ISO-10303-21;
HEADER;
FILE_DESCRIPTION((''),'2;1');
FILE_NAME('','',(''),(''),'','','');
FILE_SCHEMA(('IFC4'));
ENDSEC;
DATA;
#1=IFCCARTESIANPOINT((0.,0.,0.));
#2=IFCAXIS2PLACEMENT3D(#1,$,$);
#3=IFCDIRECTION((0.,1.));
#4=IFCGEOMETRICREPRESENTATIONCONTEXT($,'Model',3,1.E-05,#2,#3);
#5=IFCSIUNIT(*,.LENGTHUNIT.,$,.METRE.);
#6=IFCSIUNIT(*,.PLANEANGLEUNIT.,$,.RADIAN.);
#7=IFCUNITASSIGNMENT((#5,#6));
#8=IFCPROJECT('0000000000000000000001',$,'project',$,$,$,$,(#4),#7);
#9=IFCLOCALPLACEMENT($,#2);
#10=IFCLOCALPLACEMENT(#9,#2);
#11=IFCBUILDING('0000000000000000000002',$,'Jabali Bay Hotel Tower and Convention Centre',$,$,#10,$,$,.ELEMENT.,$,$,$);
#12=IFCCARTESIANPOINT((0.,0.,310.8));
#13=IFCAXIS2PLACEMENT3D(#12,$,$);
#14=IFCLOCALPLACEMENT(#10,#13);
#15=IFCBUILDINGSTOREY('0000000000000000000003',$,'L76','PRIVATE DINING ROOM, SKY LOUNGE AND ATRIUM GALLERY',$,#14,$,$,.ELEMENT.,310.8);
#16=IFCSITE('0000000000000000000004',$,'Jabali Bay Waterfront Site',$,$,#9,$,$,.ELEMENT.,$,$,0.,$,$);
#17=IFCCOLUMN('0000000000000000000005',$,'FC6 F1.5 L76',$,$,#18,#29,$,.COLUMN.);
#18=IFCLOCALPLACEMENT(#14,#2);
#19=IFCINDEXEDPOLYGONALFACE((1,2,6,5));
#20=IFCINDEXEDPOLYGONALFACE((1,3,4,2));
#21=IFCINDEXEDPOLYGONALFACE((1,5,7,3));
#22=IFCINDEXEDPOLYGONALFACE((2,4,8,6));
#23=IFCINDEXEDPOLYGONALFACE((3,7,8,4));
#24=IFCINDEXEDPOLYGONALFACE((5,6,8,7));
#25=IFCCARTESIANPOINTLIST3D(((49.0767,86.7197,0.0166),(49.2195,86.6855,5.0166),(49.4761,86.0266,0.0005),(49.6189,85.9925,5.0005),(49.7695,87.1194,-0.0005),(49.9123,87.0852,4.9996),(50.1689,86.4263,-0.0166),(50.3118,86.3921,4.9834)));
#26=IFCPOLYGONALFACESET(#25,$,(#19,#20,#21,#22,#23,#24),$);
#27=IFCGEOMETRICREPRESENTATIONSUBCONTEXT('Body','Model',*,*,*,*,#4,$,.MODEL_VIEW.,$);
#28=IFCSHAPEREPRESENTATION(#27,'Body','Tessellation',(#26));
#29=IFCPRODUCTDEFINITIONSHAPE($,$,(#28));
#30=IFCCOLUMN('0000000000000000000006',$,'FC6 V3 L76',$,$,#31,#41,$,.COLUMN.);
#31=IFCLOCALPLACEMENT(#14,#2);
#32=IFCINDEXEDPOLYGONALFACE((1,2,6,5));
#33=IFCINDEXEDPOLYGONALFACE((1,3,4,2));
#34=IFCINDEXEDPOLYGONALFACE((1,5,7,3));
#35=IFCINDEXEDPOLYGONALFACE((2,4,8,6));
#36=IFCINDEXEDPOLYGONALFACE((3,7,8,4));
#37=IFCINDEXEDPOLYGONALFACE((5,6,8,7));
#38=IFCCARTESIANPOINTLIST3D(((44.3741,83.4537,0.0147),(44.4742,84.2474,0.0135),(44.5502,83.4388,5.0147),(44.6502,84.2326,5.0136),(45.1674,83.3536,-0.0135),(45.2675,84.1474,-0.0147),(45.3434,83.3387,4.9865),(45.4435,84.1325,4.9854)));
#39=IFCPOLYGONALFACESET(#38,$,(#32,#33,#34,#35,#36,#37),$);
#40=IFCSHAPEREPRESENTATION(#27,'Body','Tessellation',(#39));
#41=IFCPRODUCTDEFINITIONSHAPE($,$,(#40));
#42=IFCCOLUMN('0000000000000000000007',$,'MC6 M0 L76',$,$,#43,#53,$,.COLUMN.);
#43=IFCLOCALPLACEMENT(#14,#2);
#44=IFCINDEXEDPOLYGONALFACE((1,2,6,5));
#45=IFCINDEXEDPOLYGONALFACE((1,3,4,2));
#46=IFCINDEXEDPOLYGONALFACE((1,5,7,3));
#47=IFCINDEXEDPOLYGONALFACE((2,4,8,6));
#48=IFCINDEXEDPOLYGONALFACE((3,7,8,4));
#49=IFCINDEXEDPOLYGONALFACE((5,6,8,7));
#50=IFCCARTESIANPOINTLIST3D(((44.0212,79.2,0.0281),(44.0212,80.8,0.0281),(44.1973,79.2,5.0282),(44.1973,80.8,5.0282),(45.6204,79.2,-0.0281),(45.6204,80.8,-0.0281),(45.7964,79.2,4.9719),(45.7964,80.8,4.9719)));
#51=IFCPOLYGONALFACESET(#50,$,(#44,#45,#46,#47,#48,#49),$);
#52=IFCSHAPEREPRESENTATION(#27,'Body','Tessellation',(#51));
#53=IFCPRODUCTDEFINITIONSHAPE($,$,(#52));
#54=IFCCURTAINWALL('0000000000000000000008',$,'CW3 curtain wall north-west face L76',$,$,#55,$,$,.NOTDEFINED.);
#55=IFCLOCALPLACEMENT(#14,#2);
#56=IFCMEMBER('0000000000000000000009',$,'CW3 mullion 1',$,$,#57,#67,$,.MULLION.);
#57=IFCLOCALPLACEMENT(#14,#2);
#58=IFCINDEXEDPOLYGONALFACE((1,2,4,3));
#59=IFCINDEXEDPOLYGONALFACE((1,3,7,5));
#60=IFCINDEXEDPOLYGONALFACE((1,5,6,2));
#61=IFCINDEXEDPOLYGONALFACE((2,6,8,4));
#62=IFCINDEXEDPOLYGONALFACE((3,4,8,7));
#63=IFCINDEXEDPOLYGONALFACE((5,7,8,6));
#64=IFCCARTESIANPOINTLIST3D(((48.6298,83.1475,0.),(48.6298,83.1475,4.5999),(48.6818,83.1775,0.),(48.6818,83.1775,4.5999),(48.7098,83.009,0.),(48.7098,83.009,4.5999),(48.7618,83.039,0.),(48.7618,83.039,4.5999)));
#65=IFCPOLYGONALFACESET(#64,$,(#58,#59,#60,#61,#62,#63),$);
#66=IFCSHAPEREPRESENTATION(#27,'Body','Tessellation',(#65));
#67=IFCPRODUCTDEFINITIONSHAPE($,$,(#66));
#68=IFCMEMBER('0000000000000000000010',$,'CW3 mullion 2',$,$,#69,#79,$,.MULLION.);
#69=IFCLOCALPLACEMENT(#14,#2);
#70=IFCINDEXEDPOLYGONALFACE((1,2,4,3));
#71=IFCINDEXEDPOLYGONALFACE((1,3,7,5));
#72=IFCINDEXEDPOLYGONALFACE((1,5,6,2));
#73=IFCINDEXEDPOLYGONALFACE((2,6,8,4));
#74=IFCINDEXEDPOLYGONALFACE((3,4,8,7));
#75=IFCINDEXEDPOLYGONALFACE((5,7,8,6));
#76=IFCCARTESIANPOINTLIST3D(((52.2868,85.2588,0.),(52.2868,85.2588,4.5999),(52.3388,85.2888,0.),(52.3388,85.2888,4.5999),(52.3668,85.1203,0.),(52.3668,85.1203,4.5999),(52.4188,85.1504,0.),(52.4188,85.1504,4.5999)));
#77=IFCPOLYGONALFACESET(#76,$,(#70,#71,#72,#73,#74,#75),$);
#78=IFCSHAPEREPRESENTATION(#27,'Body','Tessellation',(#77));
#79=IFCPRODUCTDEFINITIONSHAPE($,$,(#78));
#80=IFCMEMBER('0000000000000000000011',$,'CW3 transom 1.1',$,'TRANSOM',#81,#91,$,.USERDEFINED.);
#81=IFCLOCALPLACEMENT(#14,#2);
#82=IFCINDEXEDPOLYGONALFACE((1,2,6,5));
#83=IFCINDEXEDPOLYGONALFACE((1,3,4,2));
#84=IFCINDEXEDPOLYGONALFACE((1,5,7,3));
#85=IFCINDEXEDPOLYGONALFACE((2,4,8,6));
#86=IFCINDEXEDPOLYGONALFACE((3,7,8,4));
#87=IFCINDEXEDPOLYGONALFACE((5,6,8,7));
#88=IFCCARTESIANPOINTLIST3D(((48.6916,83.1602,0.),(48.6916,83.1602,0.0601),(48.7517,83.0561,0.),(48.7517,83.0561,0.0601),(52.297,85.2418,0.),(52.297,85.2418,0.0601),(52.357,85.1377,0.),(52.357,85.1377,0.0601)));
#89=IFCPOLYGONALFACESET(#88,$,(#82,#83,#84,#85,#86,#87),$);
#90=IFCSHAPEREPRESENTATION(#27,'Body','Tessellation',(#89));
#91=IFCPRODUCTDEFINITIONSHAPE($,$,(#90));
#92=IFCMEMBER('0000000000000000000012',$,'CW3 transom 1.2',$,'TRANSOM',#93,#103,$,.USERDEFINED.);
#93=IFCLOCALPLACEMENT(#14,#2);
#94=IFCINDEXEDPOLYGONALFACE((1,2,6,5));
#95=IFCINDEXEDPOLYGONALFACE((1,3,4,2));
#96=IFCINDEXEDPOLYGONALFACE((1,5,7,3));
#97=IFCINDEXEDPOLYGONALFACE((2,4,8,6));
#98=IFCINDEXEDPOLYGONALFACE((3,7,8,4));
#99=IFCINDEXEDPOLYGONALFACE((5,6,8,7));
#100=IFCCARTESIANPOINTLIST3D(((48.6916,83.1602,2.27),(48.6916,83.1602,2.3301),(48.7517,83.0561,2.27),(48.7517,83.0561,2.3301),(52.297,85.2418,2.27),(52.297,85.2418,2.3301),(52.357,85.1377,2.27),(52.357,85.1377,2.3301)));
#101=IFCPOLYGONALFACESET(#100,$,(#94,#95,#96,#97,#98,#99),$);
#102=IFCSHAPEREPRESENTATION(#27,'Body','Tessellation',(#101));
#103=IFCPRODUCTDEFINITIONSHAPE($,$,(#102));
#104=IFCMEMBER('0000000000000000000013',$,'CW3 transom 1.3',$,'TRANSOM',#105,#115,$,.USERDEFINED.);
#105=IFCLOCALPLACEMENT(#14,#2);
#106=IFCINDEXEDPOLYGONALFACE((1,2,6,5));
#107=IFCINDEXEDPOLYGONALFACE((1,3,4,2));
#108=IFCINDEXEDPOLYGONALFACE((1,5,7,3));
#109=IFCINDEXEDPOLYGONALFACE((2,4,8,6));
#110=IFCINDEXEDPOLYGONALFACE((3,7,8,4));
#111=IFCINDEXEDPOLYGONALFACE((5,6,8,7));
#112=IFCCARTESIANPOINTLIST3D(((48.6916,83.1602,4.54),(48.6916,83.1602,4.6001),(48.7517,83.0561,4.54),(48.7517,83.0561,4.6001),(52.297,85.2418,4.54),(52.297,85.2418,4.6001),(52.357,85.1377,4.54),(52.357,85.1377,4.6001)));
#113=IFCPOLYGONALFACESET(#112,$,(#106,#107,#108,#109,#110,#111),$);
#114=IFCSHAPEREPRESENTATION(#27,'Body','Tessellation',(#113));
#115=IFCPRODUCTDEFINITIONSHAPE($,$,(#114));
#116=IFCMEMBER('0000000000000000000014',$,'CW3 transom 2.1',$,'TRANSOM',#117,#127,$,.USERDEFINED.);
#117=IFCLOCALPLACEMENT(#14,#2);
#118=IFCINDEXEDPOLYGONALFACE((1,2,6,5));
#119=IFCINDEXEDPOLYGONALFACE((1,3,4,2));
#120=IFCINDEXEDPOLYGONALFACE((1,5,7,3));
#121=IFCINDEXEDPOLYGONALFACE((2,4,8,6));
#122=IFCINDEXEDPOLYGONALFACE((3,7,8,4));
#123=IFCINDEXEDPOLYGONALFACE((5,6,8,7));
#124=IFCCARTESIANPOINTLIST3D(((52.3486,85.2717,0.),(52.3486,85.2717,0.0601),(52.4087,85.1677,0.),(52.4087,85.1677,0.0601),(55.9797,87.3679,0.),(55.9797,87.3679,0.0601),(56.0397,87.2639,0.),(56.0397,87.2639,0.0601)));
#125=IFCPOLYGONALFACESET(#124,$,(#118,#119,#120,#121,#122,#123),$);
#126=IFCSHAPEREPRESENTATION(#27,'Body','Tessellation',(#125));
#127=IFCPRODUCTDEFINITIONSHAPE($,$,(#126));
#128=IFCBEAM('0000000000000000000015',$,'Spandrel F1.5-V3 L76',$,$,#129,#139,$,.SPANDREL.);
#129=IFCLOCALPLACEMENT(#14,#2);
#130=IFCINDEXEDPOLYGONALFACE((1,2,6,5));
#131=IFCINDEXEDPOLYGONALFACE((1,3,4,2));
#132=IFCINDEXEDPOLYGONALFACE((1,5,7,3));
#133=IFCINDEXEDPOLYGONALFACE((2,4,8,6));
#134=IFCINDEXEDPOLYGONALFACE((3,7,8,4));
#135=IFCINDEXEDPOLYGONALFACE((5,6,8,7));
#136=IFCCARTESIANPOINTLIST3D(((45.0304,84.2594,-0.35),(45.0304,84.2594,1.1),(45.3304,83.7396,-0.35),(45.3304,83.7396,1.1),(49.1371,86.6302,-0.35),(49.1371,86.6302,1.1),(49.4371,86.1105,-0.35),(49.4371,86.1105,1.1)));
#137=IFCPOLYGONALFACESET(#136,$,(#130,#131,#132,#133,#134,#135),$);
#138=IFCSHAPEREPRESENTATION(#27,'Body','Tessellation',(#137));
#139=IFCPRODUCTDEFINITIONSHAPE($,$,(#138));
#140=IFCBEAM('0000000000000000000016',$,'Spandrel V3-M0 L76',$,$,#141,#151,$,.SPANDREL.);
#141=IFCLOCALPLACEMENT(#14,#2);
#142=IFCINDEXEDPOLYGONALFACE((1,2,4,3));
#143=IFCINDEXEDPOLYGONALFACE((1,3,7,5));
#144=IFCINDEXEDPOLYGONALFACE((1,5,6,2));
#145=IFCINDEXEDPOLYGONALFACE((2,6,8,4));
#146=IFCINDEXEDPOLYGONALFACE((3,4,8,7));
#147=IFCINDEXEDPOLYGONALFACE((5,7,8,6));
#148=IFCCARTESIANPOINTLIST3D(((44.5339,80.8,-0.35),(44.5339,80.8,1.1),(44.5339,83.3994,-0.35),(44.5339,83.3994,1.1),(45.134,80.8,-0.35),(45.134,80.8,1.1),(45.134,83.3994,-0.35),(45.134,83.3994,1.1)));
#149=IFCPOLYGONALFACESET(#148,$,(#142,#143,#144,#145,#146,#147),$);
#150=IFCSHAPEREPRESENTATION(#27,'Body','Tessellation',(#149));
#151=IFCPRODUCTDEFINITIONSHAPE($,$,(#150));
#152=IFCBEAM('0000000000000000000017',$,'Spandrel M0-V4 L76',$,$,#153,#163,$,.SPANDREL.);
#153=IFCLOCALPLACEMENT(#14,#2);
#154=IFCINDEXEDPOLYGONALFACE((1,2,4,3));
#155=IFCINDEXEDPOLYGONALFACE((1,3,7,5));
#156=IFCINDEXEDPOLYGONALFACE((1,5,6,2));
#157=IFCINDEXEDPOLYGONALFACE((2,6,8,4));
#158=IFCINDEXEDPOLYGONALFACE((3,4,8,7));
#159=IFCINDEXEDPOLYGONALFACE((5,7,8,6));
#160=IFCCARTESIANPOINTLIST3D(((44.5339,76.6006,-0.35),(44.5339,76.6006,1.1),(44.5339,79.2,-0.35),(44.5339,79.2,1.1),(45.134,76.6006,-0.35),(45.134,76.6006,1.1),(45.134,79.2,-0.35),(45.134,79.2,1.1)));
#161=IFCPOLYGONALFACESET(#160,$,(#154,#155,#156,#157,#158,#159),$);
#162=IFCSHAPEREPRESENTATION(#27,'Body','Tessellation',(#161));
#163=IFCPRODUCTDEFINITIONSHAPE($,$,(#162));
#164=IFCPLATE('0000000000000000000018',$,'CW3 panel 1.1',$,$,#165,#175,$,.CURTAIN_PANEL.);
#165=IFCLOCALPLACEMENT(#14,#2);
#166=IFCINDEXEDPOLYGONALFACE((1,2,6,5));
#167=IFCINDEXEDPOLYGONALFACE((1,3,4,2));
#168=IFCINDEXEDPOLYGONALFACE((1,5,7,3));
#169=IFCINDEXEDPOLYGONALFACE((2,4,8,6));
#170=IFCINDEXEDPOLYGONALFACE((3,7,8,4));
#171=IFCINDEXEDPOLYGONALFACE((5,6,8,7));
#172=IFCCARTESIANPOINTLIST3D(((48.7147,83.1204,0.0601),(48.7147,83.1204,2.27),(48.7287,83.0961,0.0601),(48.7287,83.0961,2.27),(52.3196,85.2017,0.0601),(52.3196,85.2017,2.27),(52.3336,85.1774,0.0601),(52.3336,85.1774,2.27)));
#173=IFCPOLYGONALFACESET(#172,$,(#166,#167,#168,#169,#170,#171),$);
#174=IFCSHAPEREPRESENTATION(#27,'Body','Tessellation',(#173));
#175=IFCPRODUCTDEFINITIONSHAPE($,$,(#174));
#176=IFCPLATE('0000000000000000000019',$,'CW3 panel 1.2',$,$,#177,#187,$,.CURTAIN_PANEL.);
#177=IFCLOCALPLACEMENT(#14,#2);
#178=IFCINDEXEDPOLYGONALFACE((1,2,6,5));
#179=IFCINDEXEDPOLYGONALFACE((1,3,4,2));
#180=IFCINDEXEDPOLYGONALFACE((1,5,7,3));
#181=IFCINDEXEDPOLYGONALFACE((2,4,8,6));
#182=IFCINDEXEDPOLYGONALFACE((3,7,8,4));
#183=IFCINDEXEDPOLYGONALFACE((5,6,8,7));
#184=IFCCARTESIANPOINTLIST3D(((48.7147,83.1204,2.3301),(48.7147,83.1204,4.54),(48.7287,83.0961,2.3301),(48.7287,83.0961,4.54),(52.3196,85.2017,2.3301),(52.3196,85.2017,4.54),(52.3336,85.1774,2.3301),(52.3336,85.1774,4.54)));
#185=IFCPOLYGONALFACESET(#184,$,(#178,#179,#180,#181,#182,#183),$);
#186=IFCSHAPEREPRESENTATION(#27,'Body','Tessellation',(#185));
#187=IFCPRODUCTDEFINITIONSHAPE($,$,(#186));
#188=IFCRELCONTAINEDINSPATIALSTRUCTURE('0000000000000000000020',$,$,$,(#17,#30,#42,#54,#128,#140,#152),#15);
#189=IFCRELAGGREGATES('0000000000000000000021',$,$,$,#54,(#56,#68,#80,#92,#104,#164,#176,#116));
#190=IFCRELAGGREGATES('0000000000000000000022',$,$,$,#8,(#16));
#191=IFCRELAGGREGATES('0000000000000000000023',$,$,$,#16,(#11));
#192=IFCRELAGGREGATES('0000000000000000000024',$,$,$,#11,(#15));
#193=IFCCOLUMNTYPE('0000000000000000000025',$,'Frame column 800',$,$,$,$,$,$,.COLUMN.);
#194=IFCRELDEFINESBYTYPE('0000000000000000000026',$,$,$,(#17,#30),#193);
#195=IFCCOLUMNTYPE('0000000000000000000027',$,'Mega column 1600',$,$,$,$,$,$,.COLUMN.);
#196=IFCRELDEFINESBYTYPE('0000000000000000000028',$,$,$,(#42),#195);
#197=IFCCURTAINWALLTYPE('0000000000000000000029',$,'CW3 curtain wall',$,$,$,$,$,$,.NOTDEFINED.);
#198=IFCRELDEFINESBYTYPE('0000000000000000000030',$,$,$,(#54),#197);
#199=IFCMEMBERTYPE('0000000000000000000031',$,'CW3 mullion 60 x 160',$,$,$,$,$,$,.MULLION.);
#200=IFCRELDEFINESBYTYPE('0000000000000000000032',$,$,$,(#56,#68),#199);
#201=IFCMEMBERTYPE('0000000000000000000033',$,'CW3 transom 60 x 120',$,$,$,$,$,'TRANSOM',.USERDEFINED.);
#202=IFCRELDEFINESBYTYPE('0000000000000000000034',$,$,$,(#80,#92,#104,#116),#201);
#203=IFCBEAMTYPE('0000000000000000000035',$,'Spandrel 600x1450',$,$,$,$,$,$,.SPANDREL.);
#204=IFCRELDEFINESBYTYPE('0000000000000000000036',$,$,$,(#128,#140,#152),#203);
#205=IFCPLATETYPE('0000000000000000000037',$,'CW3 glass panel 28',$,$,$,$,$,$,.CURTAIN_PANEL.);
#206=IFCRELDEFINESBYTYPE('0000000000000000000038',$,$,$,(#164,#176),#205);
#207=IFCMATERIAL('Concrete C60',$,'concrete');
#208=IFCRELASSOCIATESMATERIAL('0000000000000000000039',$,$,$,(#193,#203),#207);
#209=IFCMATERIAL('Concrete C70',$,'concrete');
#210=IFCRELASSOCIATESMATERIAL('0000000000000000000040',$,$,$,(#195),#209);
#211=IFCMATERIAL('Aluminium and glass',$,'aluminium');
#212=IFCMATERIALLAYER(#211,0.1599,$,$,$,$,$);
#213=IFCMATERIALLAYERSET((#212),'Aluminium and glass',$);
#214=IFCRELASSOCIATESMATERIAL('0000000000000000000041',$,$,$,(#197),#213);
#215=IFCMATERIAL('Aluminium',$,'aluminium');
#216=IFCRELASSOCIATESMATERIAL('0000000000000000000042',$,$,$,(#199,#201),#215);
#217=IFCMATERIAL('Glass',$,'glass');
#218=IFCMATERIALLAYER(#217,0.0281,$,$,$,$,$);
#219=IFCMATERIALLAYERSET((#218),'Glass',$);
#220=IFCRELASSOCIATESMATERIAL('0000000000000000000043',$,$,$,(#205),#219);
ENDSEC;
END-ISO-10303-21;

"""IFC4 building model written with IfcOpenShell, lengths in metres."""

from ifc_helpers import new_model, si_unit, direction, frame, origin, origin_2d, place, context, subcontext, project, spatial, rectangle, extrude, material, layer, layer_set, material_profile, profile_set, type_object, element, aggregate, save


model = new_model("IFC4")

# Units and contexts
model_context = context("Model", 3, precision=1e-05, world=origin(), true_north=direction((0.0, 1.0)))
body_context = subcontext(model_context, "Body", "Model", "MODEL_VIEW")
ifc_project = project(units=[si_unit("LENGTHUNIT", "METRE"), si_unit("PLANEANGLEUNIT", "RADIAN")], contexts=[model_context])

# Site, building, storey
site_placement = place(None, origin())
site = spatial("IfcSite", under=ifc_project, at=site_placement, Name="Jabali Bay Waterfront Site", CompositionType="ELEMENT", RefElevation=0.0)
building_placement = place(site_placement, origin())
building = spatial("IfcBuilding", under=site, at=building_placement, Name="Jabali Bay Hotel Tower and Convention Centre", CompositionType="ELEMENT")
storey_placement = place(building_placement, frame((0.0, 0.0, 310.8)))
storey = spatial("IfcBuildingStorey", under=building, at=storey_placement, Name="L76", Description="PRIVATE DINING ROOM, SKY LOUNGE AND ATRIUM GALLERY", CompositionType="ELEMENT", Elevation=310.8)

# Columns
ifc_material_1 = material(Name="Concrete C60", Category="concrete")
ifc_material_profile_1 = material_profile(ifc_material_1, rectangle(XDim=0.8, YDim=0.8, at=origin_2d()), Name="Frame column 800")
ifc_profile_set_1 = profile_set([ifc_material_profile_1], Name="Concrete C60")
column_type_1 = type_object("IfcColumnType", Name="Frame column 800", PredefinedType="COLUMN", material=ifc_profile_set_1)
column_1_placement = place(storey_placement, frame((49.6228, 86.573, 0.0), z_axis=(0.028552, -0.006833, 0.999569), x_axis=(-0.499225, 0.866237, 0.020182)))
element("IfcColumn", 1, at=column_1_placement, inside=storey, type_object=column_type_1, Name="FC6 F1.5 L76", PredefinedType="COLUMN", context=body_context, shape_type="SweptSolid", body=[
    extrude(rectangle(XDim=0.8, YDim=0.8, at=origin_2d()), origin(), (0.0, 0.0, 1.0), 5.0022),
])
column_2_placement = place(storey_placement, frame((44.8208, 83.8005, 0.0), z_axis=(0.035183, -0.002977, 0.999376), x_axis=(-0.991521, 0.125069, 0.035279)))
element("IfcColumn", 2, at=column_2_placement, inside=storey, type_object=column_type_1, Name="FC6 V3 L76", PredefinedType="COLUMN", context=body_context, shape_type="SweptSolid", body=[
    extrude(rectangle(XDim=0.8, YDim=0.8, at=origin_2d()), origin(), (0.0, 0.0, 1.0), 5.0032),
])
ifc_material_2 = material(Name="Concrete C70", Category="concrete")
ifc_material_profile_2 = material_profile(ifc_material_2, rectangle(XDim=1.6001, YDim=1.6001, at=origin_2d()), Name="Mega column 1600")
ifc_profile_set_2 = profile_set([ifc_material_profile_2], Name="Concrete C70")
column_type_2 = type_object("IfcColumnType", Name="Mega column 1600", PredefinedType="COLUMN", material=ifc_profile_set_2)
column_3_placement = place(storey_placement, frame((44.8208, 80.0, 0.0), z_axis=(0.035183, 0.0, 0.999381), x_axis=(0.0, 1.0, 0.0)))
element("IfcColumn", 3, at=column_3_placement, inside=storey, type_object=column_type_2, Name="MC6 M0 L76", PredefinedType="COLUMN", context=body_context, shape_type="SweptSolid", body=[
    extrude(rectangle(XDim=1.6001, YDim=1.6001, at=origin_2d()), origin(), (0.0, 0.0, 1.0), 5.0032),
])

# Curtain wall, members
ifc_material_3 = material(Name="Aluminium and glass", Category="aluminium")
ifc_layer_1 = layer(ifc_material_3, 0.1599)
ifc_layer_set_1 = layer_set([ifc_layer_1], Name="Aluminium and glass")
curtain_wall_type = type_object("IfcCurtainWallType", Name="CW3 curtain wall", PredefinedType="NOTDEFINED", material=ifc_layer_set_1)
curtain_wall_placement = place(storey_placement, origin())
curtain_wall = element("IfcCurtainWall", 4, at=curtain_wall_placement, inside=storey, type_object=curtain_wall_type, Name="CW3 curtain wall north-west face L76", PredefinedType="NOTDEFINED")
ifc_material_4 = material(Name="Aluminium", Category="aluminium")
ifc_material_profile_3 = material_profile(ifc_material_4, rectangle(XDim=0.1599, YDim=0.0601, at=origin_2d()), Name="CW3 mullion 60 x 160")
ifc_profile_set_3 = profile_set([ifc_material_profile_3], Name="Aluminium")
member_type_1 = type_object("IfcMemberType", Name="CW3 mullion 60 x 160", PredefinedType="MULLION", material=ifc_profile_set_3)
member_1_placement = place(storey_placement, frame((48.6958, 83.0933, 0.0), z_axis=(0.0, 0.0, 1.0), x_axis=(-0.5, 0.866025, 0.0)))
member_1 = element("IfcMember", 5, at=member_1_placement, type_object=member_type_1, Name="CW3 mullion 1", PredefinedType="MULLION", context=body_context, shape_type="SweptSolid", body=[
    extrude(rectangle(XDim=0.1599, YDim=0.0601, at=origin_2d()), origin(), (0.0, 0.0, 1.0), 4.5999),
])
member_2_placement = place(storey_placement, frame((52.3528, 85.2046, 0.0), z_axis=(0.0, 0.0, 1.0), x_axis=(-0.5, 0.866025, 0.0)))
member_2 = element("IfcMember", 6, at=member_2_placement, type_object=member_type_1, Name="CW3 mullion 2", PredefinedType="MULLION", context=body_context, shape_type="SweptSolid", body=[
    extrude(rectangle(XDim=0.1599, YDim=0.0601, at=origin_2d()), origin(), (0.0, 0.0, 1.0), 4.5999),
])
ifc_material_profile_4 = material_profile(ifc_material_4, rectangle(XDim=0.1201, YDim=0.0601, at=origin_2d()), Name="CW3 transom 60 x 120")
ifc_profile_set_4 = profile_set([ifc_material_profile_4], Name="Aluminium")
member_type_2 = type_object("IfcMemberType", Name="CW3 transom 60 x 120", ElementType="TRANSOM", PredefinedType="USERDEFINED", material=ifc_profile_set_4)
member_3_placement = place(storey_placement, frame((48.7217, 83.1082, 0.03), z_axis=(0.866019, 0.500012, 0.0), x_axis=(-0.500012, 0.866019, 0.0)))
member_3 = element("IfcMember", 7, at=member_3_placement, type_object=member_type_2, Name="CW3 transom 1.1", ObjectType="TRANSOM", PredefinedType="USERDEFINED", context=body_context, shape_type="SweptSolid", body=[
    extrude(rectangle(XDim=0.1201, YDim=0.0601, at=origin_2d()), origin(), (0.0, 0.0, 1.0), 4.1631),
])
member_4_placement = place(storey_placement, frame((48.7217, 83.1082, 2.3), z_axis=(0.866019, 0.500012, 0.0), x_axis=(-0.500012, 0.866019, 0.0)))
member_4 = element("IfcMember", 8, at=member_4_placement, type_object=member_type_2, Name="CW3 transom 1.2", ObjectType="TRANSOM", PredefinedType="USERDEFINED", context=body_context, shape_type="SweptSolid", body=[
    extrude(rectangle(XDim=0.1201, YDim=0.0601, at=origin_2d()), origin(), (0.0, 0.0, 1.0), 4.1631),
])
member_5_placement = place(storey_placement, frame((48.7217, 83.1082, 4.5701), z_axis=(0.866019, 0.500012, 0.0), x_axis=(-0.500012, 0.866019, 0.0)))
member_5 = element("IfcMember", 9, at=member_5_placement, type_object=member_type_2, Name="CW3 transom 1.3", ObjectType="TRANSOM", PredefinedType="USERDEFINED", context=body_context, shape_type="SweptSolid", body=[
    extrude(rectangle(XDim=0.1201, YDim=0.0601, at=origin_2d()), origin(), (0.0, 0.0, 1.0), 4.1631),
])
member_6_placement = place(storey_placement, frame((52.3787, 85.2197, 0.03), z_axis=(0.866049, 0.499959, 0.0), x_axis=(-0.499959, 0.866049, 0.0)))
member_6 = element("IfcMember", 10, at=member_6_placement, type_object=member_type_2, Name="CW3 transom 2.1", ObjectType="TRANSOM", PredefinedType="USERDEFINED", context=body_context, shape_type="SweptSolid", body=[
    extrude(rectangle(XDim=0.1201, YDim=0.0601, at=origin_2d()), origin(), (0.0, 0.0, 1.0), 4.1926),
])

# Beams
ifc_material_profile_5 = material_profile(ifc_material_1, rectangle(XDim=0.6001, YDim=1.45, at=origin_2d()), Name="Spandrel 600x1450")
ifc_profile_set_5 = profile_set([ifc_material_profile_5], Name="Concrete C60")
beam_type = type_object("IfcBeamType", Name="Spandrel 600x1450", PredefinedType="SPANDREL", material=ifc_profile_set_5)
beam_placement = place(storey_placement, frame((49.2871, 86.3704, 0.375), z_axis=(-0.866039, -0.499976, 0.0), x_axis=(0.499976, -0.866039, 0.0)))
element("IfcBeam", 11, at=beam_placement, inside=storey, type_object=beam_type, Name="Spandrel F1.5-V3 L76", PredefinedType="SPANDREL", context=body_context, shape_type="SweptSolid", body=[
    extrude(rectangle(XDim=0.6001, YDim=1.45, at=origin_2d()), origin(), (0.0, 0.0, 1.0), 4.7419),
])
for number, where, z_axis, x_axis, name in (
    (12, (44.834, 83.3994, 0.375), (0.0, -1.0, 0.0), (1.0, 0.0, 0.0), "Spandrel V3-M0 L76"),
    (13, (44.834, 79.2, 0.375), (0.0, -1.0, 0.0), (1.0, 0.0, 0.0), "Spandrel M0-V4 L76"),
):
    element("IfcBeam", number, at=place(storey_placement, frame(where, z_axis=z_axis, x_axis=x_axis)), inside=storey, type_object=beam_type, Name=name, PredefinedType="SPANDREL", context=body_context, shape_type="SweptSolid", body=[
        extrude(rectangle(XDim=0.6001, YDim=1.45, at=origin_2d()), origin(), (0.0, 0.0, 1.0), 2.5994),
    ])

# Plates
ifc_material_5 = material(Name="Glass", Category="glass")
ifc_layer_2 = layer(ifc_material_5, 0.0281)
ifc_layer_set_2 = layer_set([ifc_layer_2], Name="Glass")
plate_type = type_object("IfcPlateType", Name="CW3 glass panel 28", PredefinedType="CURTAIN_PANEL", material=ifc_layer_set_2)
plate_1_placement = place(storey_placement, frame((50.5242, 84.1489, 0.0601), z_axis=(0.0, 0.0, 1.0), x_axis=(0.866025, 0.5, 0.0)))
plate_1 = element("IfcPlate", 14, at=plate_1_placement, type_object=plate_type, Name="CW3 panel 1.1", PredefinedType="CURTAIN_PANEL", context=body_context, shape_type="SweptSolid", body=[
    extrude(rectangle(XDim=4.1626, YDim=0.0281, at=origin_2d()), origin(), (0.0, 0.0, 1.0), 2.21),
])
plate_2_placement = place(storey_placement, frame((50.5242, 84.1489, 2.3301), z_axis=(0.0, 0.0, 1.0), x_axis=(0.866025, 0.5, 0.0)))
plate_2 = element("IfcPlate", 15, at=plate_2_placement, type_object=plate_type, Name="CW3 panel 1.2", PredefinedType="CURTAIN_PANEL", context=body_context, shape_type="SweptSolid", body=[
    extrude(rectangle(XDim=4.1626, YDim=0.0281, at=origin_2d()), origin(), (0.0, 0.0, 1.0), 2.21),
])
aggregate(curtain_wall, [member_1, member_2, member_3, member_4, member_5, plate_1, plate_2, member_6])

save(model, "model.ifc")
